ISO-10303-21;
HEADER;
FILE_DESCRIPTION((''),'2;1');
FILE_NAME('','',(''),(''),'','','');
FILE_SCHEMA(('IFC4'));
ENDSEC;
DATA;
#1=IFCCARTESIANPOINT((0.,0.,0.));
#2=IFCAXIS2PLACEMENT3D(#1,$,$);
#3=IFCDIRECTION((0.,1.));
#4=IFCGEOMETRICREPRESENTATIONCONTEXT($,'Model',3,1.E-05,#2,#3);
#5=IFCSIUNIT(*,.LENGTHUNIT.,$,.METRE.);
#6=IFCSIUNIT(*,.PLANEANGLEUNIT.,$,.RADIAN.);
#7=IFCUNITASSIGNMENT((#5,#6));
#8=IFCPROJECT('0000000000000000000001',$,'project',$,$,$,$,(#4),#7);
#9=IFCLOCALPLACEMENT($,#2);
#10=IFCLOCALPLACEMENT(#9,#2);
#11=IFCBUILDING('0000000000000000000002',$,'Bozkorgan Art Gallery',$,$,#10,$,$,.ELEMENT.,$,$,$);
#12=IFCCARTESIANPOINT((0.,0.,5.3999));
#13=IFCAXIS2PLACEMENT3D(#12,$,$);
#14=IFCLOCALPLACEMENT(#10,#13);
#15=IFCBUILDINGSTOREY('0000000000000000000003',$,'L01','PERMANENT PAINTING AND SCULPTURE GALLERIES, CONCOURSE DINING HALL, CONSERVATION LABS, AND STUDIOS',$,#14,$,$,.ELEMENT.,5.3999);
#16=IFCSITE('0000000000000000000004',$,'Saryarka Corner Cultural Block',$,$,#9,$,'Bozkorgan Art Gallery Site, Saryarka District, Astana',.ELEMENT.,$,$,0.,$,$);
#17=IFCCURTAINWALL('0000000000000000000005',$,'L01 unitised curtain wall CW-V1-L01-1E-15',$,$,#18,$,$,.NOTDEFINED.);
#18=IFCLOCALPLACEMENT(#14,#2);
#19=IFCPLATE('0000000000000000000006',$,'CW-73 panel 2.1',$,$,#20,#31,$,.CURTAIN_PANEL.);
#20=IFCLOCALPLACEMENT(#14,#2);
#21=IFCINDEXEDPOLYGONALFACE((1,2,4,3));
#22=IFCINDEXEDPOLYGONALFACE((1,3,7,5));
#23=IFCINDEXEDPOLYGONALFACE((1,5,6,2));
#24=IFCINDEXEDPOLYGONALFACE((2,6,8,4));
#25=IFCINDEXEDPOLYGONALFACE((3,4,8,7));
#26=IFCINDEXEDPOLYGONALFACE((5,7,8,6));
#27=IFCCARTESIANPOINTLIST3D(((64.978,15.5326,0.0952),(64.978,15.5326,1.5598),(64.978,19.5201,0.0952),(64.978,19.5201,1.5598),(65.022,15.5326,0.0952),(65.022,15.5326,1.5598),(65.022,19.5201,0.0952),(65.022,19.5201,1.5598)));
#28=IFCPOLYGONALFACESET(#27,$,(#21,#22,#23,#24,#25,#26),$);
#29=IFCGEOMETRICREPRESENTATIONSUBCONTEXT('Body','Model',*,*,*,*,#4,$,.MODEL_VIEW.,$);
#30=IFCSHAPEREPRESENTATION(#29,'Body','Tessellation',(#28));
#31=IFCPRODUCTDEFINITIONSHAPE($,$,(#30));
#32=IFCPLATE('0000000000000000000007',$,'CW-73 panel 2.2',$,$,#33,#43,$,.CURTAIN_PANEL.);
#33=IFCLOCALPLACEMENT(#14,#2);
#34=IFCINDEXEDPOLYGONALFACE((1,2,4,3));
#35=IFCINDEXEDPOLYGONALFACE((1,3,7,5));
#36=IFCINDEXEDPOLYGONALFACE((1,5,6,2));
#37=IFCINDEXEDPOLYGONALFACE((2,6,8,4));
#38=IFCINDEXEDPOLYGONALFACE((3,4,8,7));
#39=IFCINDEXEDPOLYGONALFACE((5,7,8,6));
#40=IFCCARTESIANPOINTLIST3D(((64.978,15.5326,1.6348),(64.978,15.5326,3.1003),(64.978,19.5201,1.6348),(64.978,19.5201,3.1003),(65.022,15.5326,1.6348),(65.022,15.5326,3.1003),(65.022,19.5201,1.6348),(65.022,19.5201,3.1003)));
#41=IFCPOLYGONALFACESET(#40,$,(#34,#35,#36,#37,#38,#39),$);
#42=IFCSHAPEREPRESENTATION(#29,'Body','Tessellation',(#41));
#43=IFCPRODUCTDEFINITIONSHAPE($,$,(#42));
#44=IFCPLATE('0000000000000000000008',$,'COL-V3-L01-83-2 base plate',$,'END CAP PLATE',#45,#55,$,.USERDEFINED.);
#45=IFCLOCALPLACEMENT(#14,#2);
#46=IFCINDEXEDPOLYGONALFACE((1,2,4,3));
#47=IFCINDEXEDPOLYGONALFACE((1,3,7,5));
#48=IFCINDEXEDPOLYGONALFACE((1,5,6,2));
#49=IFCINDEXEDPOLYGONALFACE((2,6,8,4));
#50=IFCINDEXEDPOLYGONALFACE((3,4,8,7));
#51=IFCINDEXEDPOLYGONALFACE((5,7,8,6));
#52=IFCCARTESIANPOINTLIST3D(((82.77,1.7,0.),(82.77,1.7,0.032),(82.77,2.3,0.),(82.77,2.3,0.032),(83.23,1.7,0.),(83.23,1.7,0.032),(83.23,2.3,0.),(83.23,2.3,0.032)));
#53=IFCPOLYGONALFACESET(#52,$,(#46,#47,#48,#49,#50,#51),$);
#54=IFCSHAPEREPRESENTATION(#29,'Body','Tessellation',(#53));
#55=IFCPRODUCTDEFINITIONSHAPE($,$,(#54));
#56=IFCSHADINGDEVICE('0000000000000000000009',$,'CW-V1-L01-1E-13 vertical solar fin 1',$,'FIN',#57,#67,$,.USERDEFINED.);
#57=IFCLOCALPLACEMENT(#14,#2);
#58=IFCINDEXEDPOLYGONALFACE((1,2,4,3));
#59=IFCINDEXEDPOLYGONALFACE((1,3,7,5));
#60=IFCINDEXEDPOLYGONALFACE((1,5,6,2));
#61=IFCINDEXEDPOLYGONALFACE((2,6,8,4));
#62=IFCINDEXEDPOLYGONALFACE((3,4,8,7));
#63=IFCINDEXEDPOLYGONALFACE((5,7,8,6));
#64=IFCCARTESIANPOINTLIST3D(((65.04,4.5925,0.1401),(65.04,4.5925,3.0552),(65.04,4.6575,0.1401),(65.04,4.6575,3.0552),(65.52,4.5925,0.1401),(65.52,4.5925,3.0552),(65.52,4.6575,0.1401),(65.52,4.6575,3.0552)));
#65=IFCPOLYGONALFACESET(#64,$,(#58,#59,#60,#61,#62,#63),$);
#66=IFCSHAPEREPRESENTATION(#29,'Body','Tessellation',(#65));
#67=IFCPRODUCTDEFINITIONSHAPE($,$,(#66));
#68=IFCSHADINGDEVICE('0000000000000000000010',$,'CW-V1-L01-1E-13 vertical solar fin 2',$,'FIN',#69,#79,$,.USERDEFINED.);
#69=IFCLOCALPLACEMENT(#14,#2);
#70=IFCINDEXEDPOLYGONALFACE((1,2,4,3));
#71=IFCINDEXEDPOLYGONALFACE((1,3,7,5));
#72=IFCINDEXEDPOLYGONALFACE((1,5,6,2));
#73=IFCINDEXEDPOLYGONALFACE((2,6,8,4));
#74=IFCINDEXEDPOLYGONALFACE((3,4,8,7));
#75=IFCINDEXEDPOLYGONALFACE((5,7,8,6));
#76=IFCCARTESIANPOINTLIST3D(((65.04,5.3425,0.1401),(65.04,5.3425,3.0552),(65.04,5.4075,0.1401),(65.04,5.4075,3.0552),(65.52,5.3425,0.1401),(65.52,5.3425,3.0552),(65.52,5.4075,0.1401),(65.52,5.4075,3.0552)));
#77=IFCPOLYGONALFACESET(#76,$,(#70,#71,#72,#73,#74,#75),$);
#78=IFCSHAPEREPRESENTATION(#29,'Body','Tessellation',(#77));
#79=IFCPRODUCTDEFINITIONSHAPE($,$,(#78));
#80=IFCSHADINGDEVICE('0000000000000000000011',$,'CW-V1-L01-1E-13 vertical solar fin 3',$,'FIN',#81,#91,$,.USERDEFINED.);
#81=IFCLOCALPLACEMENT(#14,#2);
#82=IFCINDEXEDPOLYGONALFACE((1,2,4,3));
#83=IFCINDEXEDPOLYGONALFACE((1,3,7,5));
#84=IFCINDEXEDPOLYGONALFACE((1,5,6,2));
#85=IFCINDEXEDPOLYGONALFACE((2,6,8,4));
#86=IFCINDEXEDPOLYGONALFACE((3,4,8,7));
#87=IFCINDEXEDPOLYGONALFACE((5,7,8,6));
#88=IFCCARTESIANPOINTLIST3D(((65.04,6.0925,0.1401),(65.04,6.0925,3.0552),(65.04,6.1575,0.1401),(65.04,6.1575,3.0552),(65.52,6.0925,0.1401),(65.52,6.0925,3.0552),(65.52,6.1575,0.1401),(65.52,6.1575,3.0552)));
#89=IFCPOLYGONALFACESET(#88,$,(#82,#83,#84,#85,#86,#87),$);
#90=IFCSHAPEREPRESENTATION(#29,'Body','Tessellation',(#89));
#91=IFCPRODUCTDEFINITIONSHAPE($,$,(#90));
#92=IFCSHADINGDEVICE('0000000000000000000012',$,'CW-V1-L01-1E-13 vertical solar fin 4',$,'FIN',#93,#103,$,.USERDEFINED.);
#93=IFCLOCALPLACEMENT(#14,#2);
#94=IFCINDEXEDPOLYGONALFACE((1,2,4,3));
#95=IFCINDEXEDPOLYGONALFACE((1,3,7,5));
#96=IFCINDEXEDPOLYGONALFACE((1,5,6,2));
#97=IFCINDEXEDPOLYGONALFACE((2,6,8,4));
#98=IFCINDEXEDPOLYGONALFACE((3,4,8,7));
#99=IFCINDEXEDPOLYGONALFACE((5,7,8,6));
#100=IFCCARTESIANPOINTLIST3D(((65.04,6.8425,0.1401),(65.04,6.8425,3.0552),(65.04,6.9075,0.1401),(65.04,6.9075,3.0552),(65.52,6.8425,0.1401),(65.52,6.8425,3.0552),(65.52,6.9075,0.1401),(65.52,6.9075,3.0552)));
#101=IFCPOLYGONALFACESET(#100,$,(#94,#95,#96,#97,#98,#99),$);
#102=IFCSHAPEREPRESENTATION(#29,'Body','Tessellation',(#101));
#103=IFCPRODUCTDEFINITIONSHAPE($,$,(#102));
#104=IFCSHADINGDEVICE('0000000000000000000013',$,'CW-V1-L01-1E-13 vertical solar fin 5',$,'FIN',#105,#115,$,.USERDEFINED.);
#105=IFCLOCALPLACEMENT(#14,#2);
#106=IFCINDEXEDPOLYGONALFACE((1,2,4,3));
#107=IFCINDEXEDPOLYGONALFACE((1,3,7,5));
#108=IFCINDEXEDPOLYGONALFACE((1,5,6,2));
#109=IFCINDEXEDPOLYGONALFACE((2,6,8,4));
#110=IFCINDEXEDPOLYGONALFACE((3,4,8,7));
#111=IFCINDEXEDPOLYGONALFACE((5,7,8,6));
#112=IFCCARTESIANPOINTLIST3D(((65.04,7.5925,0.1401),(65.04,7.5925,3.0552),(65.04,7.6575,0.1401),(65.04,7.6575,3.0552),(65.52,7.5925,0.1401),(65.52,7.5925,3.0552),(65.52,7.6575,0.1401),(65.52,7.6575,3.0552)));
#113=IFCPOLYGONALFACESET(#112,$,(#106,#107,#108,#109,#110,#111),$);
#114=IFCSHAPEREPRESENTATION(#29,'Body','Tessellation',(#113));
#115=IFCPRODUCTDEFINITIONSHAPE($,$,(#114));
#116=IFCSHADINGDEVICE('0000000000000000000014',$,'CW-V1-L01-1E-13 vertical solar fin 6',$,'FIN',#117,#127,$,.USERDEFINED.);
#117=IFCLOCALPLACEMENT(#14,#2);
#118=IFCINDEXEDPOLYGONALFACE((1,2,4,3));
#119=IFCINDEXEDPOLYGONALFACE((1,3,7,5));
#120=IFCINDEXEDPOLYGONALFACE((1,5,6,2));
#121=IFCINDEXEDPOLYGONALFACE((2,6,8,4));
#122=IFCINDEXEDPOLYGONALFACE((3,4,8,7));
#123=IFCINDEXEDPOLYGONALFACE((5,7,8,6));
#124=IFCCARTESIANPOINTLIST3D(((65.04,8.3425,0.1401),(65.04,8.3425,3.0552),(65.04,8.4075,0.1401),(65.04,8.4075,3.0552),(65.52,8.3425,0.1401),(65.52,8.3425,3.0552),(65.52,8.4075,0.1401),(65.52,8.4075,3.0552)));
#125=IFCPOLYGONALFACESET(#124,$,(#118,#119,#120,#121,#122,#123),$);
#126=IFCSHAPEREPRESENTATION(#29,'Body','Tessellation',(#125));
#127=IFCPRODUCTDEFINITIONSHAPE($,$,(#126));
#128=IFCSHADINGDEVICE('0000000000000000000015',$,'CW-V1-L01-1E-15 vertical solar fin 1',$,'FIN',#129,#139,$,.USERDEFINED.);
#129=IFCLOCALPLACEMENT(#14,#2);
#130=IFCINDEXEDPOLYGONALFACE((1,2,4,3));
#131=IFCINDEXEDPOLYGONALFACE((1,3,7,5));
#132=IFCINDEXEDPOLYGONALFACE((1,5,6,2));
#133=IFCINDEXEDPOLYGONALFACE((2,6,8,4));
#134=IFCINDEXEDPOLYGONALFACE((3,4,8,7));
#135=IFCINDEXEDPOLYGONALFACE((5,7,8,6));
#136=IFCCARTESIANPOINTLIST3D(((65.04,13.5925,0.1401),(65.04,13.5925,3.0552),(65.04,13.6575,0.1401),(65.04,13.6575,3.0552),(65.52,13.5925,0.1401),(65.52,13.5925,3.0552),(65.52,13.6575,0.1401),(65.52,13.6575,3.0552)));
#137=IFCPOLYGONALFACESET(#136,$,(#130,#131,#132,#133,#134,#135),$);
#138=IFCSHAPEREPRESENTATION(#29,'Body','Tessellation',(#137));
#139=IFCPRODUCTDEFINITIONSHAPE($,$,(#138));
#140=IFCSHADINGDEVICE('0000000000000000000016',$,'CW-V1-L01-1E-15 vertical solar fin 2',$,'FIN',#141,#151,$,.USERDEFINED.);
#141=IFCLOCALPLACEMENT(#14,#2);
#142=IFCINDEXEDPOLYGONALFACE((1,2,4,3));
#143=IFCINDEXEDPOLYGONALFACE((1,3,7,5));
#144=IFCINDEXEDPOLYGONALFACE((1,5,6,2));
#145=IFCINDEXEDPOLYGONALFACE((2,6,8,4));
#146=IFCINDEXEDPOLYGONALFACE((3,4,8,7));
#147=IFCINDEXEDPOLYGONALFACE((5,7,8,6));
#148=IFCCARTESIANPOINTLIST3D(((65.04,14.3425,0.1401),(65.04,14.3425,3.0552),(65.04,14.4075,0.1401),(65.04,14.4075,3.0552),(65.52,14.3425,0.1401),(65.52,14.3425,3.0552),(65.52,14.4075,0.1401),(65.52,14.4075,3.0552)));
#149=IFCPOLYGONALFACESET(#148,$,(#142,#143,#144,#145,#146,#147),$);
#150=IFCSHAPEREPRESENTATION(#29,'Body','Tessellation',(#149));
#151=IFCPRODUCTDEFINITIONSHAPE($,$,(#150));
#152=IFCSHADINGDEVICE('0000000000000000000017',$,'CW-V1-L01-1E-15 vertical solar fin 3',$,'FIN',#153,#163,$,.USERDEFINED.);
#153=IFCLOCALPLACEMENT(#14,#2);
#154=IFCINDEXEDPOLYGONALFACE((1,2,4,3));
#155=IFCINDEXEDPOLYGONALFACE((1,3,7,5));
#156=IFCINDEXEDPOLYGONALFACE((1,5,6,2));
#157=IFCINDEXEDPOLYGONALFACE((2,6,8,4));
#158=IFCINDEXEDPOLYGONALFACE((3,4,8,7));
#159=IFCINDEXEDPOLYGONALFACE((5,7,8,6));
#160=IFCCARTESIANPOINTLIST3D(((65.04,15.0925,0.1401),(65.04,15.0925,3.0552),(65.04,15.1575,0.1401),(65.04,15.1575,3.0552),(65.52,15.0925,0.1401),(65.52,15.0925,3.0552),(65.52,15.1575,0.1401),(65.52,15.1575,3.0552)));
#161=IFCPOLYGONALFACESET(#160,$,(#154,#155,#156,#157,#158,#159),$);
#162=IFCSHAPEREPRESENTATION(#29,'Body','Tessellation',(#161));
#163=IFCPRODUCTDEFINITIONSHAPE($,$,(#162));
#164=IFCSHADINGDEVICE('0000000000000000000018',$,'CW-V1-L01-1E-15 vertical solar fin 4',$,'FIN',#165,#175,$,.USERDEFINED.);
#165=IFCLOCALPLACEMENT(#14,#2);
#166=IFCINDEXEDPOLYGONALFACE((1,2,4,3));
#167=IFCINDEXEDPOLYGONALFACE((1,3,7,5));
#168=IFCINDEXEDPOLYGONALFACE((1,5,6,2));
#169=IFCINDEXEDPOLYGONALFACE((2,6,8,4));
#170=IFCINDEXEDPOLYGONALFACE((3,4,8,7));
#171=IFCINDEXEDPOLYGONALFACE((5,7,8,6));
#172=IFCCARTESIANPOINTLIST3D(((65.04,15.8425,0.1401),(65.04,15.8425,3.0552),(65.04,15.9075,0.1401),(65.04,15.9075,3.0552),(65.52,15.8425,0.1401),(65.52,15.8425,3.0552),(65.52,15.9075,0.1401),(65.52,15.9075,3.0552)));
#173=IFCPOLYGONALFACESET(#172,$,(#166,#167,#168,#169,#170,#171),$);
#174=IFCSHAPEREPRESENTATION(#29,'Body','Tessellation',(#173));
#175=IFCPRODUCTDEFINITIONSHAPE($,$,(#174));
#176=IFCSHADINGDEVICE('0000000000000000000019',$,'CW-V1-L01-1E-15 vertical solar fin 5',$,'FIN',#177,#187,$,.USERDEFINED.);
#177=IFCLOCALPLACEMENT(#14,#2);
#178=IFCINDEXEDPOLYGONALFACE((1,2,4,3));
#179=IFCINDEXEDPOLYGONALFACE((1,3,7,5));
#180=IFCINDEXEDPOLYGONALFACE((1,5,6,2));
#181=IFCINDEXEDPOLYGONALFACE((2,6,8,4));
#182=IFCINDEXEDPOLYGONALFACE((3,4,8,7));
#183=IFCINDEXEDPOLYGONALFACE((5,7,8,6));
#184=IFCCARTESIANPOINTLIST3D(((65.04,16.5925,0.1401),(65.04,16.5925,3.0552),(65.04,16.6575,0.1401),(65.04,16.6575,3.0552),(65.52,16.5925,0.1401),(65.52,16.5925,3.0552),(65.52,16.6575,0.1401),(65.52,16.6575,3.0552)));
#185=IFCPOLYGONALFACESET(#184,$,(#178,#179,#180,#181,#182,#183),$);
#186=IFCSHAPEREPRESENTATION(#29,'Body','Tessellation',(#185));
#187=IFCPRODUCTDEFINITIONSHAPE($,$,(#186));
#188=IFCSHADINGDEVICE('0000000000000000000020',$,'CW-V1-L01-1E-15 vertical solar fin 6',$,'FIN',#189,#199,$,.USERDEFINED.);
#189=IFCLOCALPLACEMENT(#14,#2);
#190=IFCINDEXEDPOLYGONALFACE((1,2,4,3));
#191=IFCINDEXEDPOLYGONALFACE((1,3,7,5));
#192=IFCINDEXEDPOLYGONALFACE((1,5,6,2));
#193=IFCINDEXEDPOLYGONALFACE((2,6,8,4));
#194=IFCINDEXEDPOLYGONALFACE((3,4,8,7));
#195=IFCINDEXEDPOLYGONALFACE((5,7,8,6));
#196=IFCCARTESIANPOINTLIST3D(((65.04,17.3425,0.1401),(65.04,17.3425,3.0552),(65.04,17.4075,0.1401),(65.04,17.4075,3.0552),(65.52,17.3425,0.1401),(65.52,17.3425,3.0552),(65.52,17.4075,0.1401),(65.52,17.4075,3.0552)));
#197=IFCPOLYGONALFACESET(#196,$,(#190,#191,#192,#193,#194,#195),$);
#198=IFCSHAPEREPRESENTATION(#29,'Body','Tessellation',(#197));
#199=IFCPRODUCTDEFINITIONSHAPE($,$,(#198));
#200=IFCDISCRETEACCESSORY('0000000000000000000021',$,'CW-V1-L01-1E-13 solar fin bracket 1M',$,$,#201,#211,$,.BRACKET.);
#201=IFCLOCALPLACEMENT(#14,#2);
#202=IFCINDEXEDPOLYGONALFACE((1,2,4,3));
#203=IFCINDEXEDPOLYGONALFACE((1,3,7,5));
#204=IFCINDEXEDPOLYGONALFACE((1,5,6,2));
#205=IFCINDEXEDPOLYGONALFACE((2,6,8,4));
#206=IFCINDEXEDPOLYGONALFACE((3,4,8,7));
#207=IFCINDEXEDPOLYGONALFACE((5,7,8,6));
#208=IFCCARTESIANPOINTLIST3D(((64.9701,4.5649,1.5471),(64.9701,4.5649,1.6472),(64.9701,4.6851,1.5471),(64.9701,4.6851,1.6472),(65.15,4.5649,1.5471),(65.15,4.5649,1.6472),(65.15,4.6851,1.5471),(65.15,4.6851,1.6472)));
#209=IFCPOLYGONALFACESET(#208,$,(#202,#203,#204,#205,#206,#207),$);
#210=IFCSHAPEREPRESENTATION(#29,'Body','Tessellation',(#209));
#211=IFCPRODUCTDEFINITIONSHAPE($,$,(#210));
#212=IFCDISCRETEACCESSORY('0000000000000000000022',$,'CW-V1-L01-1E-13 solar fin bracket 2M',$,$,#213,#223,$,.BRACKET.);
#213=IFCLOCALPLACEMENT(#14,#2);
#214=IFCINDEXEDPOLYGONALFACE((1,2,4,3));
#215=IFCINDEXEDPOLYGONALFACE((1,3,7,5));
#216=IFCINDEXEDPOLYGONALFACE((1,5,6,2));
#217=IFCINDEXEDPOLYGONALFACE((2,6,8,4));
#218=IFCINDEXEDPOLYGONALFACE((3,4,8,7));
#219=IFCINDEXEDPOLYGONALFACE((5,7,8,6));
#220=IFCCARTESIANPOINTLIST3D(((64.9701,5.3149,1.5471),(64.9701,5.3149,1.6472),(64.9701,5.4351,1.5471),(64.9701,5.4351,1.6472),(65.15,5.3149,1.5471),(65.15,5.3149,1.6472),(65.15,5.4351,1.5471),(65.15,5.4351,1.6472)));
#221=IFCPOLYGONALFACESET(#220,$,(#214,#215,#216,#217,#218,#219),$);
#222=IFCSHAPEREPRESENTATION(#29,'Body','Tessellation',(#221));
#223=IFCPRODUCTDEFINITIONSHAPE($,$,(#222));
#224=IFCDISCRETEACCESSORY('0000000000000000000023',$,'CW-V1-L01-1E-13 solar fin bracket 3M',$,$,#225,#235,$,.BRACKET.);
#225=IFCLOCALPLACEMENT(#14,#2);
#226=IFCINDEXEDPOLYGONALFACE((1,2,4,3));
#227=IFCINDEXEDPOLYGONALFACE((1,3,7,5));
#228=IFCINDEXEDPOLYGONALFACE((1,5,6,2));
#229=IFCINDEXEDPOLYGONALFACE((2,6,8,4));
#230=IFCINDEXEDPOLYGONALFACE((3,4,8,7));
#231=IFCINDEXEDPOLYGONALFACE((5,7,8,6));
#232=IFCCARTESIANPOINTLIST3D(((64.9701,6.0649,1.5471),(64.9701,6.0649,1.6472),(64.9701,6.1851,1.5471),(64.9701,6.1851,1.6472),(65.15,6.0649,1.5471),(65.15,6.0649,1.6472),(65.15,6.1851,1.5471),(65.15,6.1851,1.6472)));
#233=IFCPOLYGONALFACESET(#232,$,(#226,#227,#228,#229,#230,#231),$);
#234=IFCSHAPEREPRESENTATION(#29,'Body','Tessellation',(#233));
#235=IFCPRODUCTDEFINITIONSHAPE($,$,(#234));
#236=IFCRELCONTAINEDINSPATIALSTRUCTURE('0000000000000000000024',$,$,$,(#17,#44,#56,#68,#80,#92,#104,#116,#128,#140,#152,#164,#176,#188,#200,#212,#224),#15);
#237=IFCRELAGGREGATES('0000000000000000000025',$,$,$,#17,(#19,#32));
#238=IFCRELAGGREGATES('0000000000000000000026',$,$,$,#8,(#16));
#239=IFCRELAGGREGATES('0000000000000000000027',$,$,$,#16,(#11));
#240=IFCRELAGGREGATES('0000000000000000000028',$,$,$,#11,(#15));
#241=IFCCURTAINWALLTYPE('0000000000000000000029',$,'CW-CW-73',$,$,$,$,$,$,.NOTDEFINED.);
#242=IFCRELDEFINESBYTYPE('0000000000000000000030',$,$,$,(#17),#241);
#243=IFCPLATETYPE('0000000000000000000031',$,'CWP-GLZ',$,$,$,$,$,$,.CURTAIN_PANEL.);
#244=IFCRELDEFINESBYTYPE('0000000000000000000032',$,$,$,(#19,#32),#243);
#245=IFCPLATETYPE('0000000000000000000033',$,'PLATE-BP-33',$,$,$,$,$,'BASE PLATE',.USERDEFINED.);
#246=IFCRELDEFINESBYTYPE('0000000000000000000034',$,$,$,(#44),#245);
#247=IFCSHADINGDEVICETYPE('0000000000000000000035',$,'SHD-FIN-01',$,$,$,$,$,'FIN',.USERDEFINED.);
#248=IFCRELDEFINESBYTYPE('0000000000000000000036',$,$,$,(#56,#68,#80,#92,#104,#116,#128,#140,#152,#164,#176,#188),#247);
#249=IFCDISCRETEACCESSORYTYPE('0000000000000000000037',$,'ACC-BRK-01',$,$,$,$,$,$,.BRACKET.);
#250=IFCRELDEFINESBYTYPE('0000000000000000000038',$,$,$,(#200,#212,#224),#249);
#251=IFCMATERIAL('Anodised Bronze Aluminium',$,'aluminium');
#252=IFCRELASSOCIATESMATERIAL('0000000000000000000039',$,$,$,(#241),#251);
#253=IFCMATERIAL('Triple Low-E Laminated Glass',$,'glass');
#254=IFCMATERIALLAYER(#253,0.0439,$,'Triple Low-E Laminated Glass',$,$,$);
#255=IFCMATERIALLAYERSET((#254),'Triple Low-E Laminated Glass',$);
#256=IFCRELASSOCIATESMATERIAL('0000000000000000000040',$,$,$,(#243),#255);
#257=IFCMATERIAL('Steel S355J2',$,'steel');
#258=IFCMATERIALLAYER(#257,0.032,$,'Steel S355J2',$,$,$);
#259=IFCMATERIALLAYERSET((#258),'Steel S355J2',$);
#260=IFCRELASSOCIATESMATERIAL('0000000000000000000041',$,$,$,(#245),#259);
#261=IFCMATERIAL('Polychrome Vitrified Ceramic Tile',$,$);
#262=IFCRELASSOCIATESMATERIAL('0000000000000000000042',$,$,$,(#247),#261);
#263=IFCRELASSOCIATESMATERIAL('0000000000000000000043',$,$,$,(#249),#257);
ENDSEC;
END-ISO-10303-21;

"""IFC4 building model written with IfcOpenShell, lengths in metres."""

from ifc_helpers import new_model, si_unit, direction, frame, origin, origin_2d, place, context, subcontext, project, spatial, rectangle, extrude, material, layer, layer_set, type_object, element, aggregate, save


model = new_model("IFC4")

# Units and contexts
model_context = context("Model", 3, precision=1e-05, world=origin(), true_north=direction((0.0, 1.0)))
body_context = subcontext(model_context, "Body", "Model", "MODEL_VIEW")
ifc_project = project(units=[si_unit("LENGTHUNIT", "METRE"), si_unit("PLANEANGLEUNIT", "RADIAN")], contexts=[model_context])

# Site, building, storey
site_placement = place(None, origin())
site = spatial("IfcSite", under=ifc_project, at=site_placement, Name="Saryarka Corner Cultural Block", LongName="Bozkorgan Art Gallery Site, Saryarka District, Astana", CompositionType="ELEMENT", RefElevation=0.0)
building_placement = place(site_placement, origin())
building = spatial("IfcBuilding", under=site, at=building_placement, Name="Bozkorgan Art Gallery", CompositionType="ELEMENT")
storey_placement = place(building_placement, frame((0.0, 0.0, 5.3999)))
storey = spatial("IfcBuildingStorey", under=building, at=storey_placement, Name="L01", Description="PERMANENT PAINTING AND SCULPTURE GALLERIES, CONCOURSE DINING HALL, CONSERVATION LABS, AND STUDIOS", CompositionType="ELEMENT", Elevation=5.3999)

# Shared definitions
ifc_material_1 = material(Name="Steel S355J2", Category="steel")

# Curtain wall, plates
ifc_material_2 = material(Name="Anodised Bronze Aluminium", Category="aluminium")
curtain_wall_type = type_object("IfcCurtainWallType", Name="CW-CW-73", PredefinedType="NOTDEFINED", material=ifc_material_2)
curtain_wall_placement = place(storey_placement, origin())
curtain_wall = element("IfcCurtainWall", 1, at=curtain_wall_placement, inside=storey, type_object=curtain_wall_type, Name="L01 unitised curtain wall CW-V1-L01-1E-15", PredefinedType="NOTDEFINED")
ifc_material_3 = material(Name="Triple Low-E Laminated Glass", Category="glass")
ifc_layer_1 = layer(ifc_material_3, 0.0439, Name="Triple Low-E Laminated Glass")
ifc_layer_set_1 = layer_set([ifc_layer_1], Name="Triple Low-E Laminated Glass")
plate_type_1 = type_object("IfcPlateType", Name="CWP-GLZ", PredefinedType="CURTAIN_PANEL", material=ifc_layer_set_1)
plate_1_placement = place(storey_placement, frame((65.0, 17.5264, 0.0952), z_axis=(0.0, 0.0, 1.0), x_axis=(0.0, 1.0, 0.0)))
plate_1 = element("IfcPlate", 2, at=plate_1_placement, type_object=plate_type_1, Name="CW-73 panel 2.1", PredefinedType="CURTAIN_PANEL", context=body_context, shape_type="SweptSolid", body=[
    extrude(rectangle(XDim=3.9875, YDim=0.0439, at=origin_2d()), origin(), (0.0, 0.0, 1.0), 1.4646),
])
plate_2_placement = place(storey_placement, frame((65.0, 17.5264, 1.6348), z_axis=(0.0, 0.0, 1.0), x_axis=(0.0, 1.0, 0.0)))
plate_2 = element("IfcPlate", 3, at=plate_2_placement, type_object=plate_type_1, Name="CW-73 panel 2.2", PredefinedType="CURTAIN_PANEL", context=body_context, shape_type="SweptSolid", body=[
    extrude(rectangle(XDim=3.9875, YDim=0.0439, at=origin_2d()), origin(), (0.0, 0.0, 1.0), 1.4656),
])
aggregate(curtain_wall, [plate_1, plate_2])

# Plate
ifc_layer_2 = layer(ifc_material_1, 0.032, Name="Steel S355J2")
ifc_layer_set_2 = layer_set([ifc_layer_2], Name="Steel S355J2")
plate_type_2 = type_object("IfcPlateType", Name="PLATE-BP-33", ElementType="BASE PLATE", PredefinedType="USERDEFINED", material=ifc_layer_set_2)
plate_3_placement = place(storey_placement, frame((83.0, 2.0, 0.0), z_axis=(0.0, 0.0, 1.0), x_axis=(1.0, 0.0, 0.0)))
element("IfcPlate", 4, at=plate_3_placement, inside=storey, type_object=plate_type_2, Name="COL-V3-L01-83-2 base plate", ObjectType="END CAP PLATE", PredefinedType="USERDEFINED", context=body_context, shape_type="SweptSolid", body=[
    extrude(rectangle(XDim=0.46, YDim=0.6001, at=origin_2d()), origin(), (0.0, 0.0, 1.0), 0.032),
])

# Shading devices
ifc_material_4 = material(Name="Polychrome Vitrified Ceramic Tile")
shading_device_type = type_object("IfcShadingDeviceType", Name="SHD-FIN-01", ElementType="FIN", PredefinedType="USERDEFINED", material=ifc_material_4)
for number, where, z_axis, x_axis, name in (
    (5, (65.28, 4.625, 0.1401), (0.0, 0.0, 1.0), (1.0, 0.0, 0.0), "CW-V1-L01-1E-13 vertical solar fin 1"),
    (6, (65.28, 5.375, 0.1401), (0.0, 0.0, 1.0), (1.0, 0.0, 0.0), "CW-V1-L01-1E-13 vertical solar fin 2"),
    (7, (65.28, 6.125, 0.1401), (0.0, 0.0, 1.0), (1.0, 0.0, 0.0), "CW-V1-L01-1E-13 vertical solar fin 3"),
    (8, (65.28, 6.875, 0.1401), (0.0, 0.0, 1.0), (1.0, 0.0, 0.0), "CW-V1-L01-1E-13 vertical solar fin 4"),
    (9, (65.28, 7.625, 0.1401), (0.0, 0.0, 1.0), (1.0, 0.0, 0.0), "CW-V1-L01-1E-13 vertical solar fin 5"),
    (10, (65.28, 8.375, 0.1401), (0.0, 0.0, 1.0), (1.0, 0.0, 0.0), "CW-V1-L01-1E-13 vertical solar fin 6"),
    (11, (65.28, 13.625, 0.1401), (0.0, 0.0, 1.0), (1.0, 0.0, 0.0), "CW-V1-L01-1E-15 vertical solar fin 1"),
    (12, (65.28, 14.375, 0.1401), (0.0, 0.0, 1.0), (1.0, 0.0, 0.0), "CW-V1-L01-1E-15 vertical solar fin 2"),
    (13, (65.28, 15.125, 0.1401), (0.0, 0.0, 1.0), (1.0, 0.0, 0.0), "CW-V1-L01-1E-15 vertical solar fin 3"),
    (14, (65.28, 15.875, 0.1401), (0.0, 0.0, 1.0), (1.0, 0.0, 0.0), "CW-V1-L01-1E-15 vertical solar fin 4"),
    (15, (65.28, 16.625, 0.1401), (0.0, 0.0, 1.0), (1.0, 0.0, 0.0), "CW-V1-L01-1E-15 vertical solar fin 5"),
    (16, (65.28, 17.375, 0.1401), (0.0, 0.0, 1.0), (1.0, 0.0, 0.0), "CW-V1-L01-1E-15 vertical solar fin 6"),
):
    element("IfcShadingDevice", number, at=place(storey_placement, frame(where, z_axis=z_axis, x_axis=x_axis)), inside=storey, type_object=shading_device_type, Name=name, ObjectType="FIN", PredefinedType="USERDEFINED", context=body_context, shape_type="SweptSolid", body=[
        extrude(rectangle(XDim=0.48, YDim=0.0649, at=origin_2d()), origin(), (0.0, 0.0, 1.0), 2.915),
    ])

# Discrete accessories
discrete_accessory_type = type_object("IfcDiscreteAccessoryType", Name="ACC-BRK-01", PredefinedType="BRACKET", material=ifc_material_1)
for number, where, z_axis, x_axis, name in (
    (17, (65.0601, 4.625, 1.5471), (0.0, 0.0, 1.0), (1.0, 0.0, 0.0), "CW-V1-L01-1E-13 solar fin bracket 1M"),
    (18, (65.0601, 5.375, 1.5471), (0.0, 0.0, 1.0), (1.0, 0.0, 0.0), "CW-V1-L01-1E-13 solar fin bracket 2M"),
    (19, (65.0601, 6.125, 1.5471), (0.0, 0.0, 1.0), (1.0, 0.0, 0.0), "CW-V1-L01-1E-13 solar fin bracket 3M"),
):
    element("IfcDiscreteAccessory", number, at=place(storey_placement, frame(where, z_axis=z_axis, x_axis=x_axis)), inside=storey, type_object=discrete_accessory_type, Name=name, PredefinedType="BRACKET", context=body_context, shape_type="SweptSolid", body=[
        extrude(rectangle(XDim=0.1799, YDim=0.1201, at=origin_2d()), origin(), (0.0, 0.0, 1.0), 0.1001),
    ])

save(model, "model.ifc")
